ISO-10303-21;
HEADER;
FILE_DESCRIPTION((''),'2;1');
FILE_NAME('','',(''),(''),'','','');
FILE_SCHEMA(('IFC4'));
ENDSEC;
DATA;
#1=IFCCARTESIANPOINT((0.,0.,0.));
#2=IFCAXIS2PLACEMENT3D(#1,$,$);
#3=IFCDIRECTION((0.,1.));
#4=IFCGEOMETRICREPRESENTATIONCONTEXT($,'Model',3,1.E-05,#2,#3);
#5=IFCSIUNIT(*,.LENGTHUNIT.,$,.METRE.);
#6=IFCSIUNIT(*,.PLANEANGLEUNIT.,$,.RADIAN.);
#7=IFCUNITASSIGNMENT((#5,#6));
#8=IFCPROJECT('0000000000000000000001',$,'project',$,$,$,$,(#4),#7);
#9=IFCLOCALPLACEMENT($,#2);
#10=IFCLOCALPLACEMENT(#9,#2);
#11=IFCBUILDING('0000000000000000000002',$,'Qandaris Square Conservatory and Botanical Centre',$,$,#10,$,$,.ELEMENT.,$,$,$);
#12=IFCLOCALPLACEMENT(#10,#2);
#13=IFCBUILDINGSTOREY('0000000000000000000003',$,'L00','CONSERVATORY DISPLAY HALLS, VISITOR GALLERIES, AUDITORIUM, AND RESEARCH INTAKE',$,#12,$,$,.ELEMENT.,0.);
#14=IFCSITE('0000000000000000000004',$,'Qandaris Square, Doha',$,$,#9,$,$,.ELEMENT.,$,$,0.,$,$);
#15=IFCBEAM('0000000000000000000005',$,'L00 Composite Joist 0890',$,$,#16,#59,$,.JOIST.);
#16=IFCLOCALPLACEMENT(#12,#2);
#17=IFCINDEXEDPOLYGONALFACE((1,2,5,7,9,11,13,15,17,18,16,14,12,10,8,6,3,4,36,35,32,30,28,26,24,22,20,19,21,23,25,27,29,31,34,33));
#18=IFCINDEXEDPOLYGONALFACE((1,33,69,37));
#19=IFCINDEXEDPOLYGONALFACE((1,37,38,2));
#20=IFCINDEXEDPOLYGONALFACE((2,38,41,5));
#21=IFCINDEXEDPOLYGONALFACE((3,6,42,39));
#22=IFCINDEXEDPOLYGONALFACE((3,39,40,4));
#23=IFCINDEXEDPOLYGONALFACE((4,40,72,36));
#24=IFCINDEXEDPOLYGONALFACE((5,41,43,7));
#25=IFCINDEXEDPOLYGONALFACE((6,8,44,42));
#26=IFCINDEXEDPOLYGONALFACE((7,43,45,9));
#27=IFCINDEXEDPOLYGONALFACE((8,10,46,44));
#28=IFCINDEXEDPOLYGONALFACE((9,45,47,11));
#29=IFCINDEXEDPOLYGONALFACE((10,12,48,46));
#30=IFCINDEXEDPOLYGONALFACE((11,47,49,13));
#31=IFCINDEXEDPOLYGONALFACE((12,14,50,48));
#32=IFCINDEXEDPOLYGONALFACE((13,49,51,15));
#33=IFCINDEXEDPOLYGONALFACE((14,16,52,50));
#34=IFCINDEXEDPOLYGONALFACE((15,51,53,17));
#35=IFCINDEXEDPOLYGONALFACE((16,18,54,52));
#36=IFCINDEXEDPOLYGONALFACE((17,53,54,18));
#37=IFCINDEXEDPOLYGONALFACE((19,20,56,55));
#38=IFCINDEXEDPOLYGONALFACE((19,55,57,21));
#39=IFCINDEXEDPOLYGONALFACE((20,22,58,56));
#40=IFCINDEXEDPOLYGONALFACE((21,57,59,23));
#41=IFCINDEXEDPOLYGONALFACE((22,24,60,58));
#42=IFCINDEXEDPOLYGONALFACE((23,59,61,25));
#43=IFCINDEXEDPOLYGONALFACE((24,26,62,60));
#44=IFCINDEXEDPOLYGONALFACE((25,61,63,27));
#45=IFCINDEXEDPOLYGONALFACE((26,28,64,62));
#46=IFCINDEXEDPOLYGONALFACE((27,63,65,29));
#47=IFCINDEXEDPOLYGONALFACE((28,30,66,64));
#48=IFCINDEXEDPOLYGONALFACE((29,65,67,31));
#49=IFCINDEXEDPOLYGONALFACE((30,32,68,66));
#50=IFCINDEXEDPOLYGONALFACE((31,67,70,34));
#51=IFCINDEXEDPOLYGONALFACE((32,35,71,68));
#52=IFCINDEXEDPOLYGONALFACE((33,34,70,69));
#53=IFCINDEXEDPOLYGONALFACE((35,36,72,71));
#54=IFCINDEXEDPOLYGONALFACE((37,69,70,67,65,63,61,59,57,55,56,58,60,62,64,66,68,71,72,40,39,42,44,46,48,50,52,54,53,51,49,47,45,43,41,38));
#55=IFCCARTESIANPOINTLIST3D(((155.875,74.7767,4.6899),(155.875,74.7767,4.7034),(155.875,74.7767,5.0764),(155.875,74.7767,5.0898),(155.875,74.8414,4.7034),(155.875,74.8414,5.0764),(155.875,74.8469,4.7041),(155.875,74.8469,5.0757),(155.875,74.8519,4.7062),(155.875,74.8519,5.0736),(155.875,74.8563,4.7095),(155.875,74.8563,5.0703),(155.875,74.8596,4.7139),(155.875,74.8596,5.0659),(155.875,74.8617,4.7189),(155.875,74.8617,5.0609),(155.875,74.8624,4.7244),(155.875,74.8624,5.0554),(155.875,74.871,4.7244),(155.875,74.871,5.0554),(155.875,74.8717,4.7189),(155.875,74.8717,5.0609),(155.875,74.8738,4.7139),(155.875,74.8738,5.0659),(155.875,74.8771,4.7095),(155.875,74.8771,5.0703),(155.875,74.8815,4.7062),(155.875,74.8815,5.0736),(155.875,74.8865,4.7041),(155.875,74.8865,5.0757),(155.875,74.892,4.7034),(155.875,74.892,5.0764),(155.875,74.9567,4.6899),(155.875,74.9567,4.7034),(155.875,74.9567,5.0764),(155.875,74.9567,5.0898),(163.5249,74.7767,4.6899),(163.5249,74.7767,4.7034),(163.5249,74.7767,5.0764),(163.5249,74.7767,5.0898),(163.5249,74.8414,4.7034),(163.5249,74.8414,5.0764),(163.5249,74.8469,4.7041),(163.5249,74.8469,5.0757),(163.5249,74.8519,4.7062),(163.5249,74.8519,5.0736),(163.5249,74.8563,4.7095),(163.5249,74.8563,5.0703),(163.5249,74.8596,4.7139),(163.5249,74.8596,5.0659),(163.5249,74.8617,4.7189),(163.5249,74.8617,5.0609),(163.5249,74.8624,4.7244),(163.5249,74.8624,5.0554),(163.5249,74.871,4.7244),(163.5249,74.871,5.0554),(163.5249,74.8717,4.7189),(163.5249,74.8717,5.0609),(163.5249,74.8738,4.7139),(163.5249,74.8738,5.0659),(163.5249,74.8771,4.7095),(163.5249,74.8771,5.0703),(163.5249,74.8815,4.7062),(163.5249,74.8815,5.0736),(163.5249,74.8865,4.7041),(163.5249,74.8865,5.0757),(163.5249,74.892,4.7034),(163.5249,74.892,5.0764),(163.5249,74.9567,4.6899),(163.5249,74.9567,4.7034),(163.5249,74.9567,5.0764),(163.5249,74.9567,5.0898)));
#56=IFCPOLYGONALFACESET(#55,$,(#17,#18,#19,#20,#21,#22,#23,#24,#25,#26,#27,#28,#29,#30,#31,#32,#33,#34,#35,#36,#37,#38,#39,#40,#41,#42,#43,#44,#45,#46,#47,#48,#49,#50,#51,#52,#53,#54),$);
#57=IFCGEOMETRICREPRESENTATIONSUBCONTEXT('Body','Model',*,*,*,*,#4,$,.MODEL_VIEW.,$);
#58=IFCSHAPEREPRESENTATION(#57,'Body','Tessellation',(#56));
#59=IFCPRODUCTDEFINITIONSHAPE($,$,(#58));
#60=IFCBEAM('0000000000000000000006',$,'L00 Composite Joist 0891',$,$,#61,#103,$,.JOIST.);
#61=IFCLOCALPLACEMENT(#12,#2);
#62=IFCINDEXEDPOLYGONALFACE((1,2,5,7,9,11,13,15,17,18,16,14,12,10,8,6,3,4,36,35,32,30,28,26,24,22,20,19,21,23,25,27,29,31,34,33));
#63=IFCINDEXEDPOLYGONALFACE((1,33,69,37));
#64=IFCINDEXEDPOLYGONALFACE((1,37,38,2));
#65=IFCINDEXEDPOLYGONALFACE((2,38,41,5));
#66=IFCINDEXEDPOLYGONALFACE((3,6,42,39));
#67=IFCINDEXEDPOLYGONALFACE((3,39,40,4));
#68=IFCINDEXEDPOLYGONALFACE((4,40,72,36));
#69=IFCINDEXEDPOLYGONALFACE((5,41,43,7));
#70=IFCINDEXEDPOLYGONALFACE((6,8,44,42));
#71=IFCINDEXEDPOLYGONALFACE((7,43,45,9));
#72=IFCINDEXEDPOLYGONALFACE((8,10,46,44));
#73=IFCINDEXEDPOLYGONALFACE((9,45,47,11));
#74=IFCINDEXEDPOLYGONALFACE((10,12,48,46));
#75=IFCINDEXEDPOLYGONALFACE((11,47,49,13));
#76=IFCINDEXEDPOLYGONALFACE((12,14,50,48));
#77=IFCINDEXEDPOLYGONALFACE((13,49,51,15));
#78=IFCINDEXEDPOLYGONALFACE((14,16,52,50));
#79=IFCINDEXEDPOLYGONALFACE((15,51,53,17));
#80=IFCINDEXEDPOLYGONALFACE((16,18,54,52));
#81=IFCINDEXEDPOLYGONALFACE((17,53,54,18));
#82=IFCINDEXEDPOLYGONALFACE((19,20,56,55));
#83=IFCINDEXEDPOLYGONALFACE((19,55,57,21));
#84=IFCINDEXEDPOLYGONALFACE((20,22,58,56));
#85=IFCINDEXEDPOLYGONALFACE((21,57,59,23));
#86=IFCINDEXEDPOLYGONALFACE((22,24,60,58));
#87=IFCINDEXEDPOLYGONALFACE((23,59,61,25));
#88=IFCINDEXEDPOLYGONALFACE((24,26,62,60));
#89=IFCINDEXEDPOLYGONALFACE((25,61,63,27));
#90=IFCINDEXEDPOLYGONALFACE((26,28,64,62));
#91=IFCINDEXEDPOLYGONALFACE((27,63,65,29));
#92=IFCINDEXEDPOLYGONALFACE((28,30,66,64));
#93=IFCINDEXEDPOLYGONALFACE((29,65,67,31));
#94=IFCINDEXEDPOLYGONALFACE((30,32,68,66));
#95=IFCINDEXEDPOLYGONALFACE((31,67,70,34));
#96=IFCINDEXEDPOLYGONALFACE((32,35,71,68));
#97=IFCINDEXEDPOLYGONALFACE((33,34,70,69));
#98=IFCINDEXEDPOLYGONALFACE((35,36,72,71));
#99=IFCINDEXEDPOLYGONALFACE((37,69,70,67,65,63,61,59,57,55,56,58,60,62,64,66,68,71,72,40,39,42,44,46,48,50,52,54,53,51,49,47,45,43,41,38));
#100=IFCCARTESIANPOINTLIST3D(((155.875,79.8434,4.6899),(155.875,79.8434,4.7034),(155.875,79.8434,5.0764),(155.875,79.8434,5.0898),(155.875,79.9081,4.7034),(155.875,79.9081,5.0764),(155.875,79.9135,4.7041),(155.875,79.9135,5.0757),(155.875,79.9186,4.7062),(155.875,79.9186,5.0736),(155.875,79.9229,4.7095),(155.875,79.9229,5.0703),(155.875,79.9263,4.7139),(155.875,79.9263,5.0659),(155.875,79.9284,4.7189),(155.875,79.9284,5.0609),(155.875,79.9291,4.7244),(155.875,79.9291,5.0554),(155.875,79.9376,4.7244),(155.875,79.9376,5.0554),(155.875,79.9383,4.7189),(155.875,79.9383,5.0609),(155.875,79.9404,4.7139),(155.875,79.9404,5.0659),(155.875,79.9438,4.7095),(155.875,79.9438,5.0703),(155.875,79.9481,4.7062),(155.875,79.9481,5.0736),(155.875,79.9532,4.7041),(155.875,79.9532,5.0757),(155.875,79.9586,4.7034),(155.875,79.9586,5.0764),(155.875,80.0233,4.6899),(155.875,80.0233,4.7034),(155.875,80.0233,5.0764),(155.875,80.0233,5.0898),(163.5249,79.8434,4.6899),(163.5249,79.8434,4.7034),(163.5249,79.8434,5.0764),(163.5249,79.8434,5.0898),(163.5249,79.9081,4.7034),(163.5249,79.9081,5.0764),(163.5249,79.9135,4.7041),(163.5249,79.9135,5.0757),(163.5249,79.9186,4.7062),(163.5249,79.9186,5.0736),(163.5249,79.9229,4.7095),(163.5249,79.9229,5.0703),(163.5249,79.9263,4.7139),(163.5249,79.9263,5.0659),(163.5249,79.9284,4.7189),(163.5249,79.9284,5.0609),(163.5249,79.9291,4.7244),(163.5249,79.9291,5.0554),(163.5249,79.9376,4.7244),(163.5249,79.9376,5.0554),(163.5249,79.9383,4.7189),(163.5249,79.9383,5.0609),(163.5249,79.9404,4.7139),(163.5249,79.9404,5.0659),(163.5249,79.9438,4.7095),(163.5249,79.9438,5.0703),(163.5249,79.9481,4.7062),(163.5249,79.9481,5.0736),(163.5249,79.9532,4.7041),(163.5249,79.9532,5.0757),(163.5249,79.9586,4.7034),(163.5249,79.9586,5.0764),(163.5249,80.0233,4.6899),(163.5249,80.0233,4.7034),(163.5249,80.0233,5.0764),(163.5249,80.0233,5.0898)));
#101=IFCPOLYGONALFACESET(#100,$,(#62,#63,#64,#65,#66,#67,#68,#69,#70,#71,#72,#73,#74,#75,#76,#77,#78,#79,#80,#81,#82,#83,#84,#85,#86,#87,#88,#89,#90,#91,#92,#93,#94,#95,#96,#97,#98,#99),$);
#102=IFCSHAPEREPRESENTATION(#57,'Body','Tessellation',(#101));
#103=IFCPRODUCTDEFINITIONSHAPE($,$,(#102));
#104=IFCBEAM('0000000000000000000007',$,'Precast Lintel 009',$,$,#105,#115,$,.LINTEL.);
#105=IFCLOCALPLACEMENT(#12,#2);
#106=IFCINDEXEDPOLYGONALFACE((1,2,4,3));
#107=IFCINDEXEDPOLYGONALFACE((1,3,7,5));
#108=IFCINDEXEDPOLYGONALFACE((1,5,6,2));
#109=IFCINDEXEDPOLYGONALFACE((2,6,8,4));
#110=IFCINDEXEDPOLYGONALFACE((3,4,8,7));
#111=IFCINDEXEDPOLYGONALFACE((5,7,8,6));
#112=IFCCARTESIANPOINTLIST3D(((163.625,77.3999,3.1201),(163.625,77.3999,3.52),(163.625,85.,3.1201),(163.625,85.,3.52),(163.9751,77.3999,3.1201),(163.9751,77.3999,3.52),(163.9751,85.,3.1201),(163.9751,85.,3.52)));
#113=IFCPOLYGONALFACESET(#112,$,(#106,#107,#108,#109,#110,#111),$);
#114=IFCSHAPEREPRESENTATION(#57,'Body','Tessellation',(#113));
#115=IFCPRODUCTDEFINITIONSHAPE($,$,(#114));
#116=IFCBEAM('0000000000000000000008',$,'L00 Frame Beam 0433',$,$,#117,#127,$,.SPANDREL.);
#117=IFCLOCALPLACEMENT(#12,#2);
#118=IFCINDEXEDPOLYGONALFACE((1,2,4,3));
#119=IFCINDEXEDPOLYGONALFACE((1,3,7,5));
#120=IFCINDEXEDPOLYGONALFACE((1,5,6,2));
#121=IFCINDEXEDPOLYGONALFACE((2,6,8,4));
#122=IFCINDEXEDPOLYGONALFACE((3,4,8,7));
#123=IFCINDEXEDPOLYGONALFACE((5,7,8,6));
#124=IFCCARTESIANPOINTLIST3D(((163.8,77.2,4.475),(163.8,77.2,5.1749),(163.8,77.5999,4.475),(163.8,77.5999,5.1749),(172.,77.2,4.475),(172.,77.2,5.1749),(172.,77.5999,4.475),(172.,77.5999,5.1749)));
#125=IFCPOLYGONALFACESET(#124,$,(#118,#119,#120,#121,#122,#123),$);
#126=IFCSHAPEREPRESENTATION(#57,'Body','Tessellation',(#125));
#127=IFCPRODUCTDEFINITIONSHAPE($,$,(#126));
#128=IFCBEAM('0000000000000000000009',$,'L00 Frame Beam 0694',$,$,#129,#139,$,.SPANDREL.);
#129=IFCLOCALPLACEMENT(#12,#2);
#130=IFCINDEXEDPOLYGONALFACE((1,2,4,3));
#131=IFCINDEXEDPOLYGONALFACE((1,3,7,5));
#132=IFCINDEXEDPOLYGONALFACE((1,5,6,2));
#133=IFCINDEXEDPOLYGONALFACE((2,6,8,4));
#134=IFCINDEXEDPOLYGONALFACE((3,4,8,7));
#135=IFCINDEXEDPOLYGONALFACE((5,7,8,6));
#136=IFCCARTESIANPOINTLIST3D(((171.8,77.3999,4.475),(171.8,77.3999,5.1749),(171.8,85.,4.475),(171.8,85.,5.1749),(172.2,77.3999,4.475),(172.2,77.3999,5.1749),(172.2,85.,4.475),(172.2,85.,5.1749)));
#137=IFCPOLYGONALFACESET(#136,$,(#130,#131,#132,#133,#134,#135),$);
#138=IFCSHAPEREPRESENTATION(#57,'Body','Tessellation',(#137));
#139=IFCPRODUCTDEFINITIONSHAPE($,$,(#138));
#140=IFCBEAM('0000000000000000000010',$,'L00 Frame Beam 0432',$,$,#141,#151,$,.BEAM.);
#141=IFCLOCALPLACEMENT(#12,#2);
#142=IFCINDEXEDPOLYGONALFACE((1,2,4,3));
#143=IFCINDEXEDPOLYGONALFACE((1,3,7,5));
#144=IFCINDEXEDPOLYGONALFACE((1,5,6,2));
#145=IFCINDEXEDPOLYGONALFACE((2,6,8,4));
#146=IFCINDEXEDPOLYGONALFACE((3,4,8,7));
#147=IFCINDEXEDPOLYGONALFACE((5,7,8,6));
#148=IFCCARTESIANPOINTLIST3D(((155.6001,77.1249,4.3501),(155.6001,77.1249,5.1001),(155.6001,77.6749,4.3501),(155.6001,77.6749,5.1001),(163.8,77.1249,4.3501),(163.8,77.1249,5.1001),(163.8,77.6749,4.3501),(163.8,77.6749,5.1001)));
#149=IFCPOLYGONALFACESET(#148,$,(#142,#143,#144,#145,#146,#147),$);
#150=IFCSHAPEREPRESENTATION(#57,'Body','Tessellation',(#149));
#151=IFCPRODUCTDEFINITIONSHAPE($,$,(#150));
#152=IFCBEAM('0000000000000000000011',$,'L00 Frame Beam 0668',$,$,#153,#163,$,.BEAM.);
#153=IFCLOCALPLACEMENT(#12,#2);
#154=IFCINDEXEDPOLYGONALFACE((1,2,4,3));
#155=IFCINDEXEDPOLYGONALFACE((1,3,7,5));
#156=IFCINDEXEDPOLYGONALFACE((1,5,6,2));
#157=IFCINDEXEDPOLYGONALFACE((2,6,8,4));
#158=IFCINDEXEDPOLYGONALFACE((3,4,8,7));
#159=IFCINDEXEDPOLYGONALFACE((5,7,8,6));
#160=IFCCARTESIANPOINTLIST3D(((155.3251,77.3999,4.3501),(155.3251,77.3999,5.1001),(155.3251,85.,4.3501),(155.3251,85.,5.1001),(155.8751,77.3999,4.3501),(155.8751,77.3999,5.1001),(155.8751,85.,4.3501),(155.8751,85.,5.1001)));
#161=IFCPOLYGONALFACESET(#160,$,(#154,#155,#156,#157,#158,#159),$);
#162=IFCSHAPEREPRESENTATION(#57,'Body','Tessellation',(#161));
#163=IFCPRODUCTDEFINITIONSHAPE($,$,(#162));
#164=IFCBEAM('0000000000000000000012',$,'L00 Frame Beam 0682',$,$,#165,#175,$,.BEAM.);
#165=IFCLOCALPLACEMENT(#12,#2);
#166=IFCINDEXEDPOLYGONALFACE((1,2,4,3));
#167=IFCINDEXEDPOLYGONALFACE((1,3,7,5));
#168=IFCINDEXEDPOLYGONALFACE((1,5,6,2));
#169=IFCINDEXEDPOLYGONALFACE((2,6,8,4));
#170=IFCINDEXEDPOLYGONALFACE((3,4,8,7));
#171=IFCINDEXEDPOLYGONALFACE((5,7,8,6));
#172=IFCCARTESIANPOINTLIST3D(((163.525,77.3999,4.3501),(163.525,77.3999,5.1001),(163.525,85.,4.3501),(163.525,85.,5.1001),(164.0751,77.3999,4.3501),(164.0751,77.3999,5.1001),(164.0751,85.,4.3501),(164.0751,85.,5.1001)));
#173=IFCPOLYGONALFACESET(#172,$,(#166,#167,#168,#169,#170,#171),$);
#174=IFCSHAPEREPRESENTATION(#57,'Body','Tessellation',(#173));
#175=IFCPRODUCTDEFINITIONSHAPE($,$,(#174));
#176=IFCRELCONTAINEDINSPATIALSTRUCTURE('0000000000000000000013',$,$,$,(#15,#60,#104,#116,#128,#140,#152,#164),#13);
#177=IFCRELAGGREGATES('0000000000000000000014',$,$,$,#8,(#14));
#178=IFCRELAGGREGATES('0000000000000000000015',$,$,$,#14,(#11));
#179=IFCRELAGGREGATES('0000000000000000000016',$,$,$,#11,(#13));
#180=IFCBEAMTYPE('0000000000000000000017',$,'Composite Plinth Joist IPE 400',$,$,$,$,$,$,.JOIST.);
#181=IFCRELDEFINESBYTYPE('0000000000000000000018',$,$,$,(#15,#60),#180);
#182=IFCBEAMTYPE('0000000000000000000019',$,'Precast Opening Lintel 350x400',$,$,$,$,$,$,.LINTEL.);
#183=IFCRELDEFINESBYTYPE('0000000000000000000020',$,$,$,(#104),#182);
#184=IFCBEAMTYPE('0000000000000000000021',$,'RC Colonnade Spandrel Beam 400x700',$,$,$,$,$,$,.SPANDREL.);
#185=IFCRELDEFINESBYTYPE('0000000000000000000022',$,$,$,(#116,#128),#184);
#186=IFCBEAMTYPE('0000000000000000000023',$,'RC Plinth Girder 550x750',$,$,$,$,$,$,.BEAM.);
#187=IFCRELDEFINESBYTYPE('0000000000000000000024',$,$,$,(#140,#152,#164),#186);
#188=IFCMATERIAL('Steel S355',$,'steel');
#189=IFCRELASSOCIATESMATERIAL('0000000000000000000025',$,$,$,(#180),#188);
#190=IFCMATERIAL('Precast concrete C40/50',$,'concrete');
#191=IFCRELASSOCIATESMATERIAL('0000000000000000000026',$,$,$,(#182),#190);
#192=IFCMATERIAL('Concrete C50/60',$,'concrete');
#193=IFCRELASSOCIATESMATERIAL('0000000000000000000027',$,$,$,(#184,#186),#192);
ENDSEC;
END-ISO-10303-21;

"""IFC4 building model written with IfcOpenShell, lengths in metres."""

from ifc_helpers import new_model, si_unit, direction, frame, origin, origin_2d, place, context, subcontext, project, spatial, rectangle, i_section, extrude, material, material_profile, profile_set, type_object, element, save


model = new_model("IFC4")

# Units and contexts
model_context = context("Model", 3, precision=1e-05, world=origin(), true_north=direction((0.0, 1.0)))
body_context = subcontext(model_context, "Body", "Model", "MODEL_VIEW")
ifc_project = project(units=[si_unit("LENGTHUNIT", "METRE"), si_unit("PLANEANGLEUNIT", "RADIAN")], contexts=[model_context])

# Site, building, storey
site_placement = place(None, origin())
site = spatial("IfcSite", under=ifc_project, at=site_placement, Name="Qandaris Square, Doha", CompositionType="ELEMENT", RefElevation=0.0)
building_placement = place(site_placement, origin())
building = spatial("IfcBuilding", under=site, at=building_placement, Name="Qandaris Square Conservatory and Botanical Centre", CompositionType="ELEMENT")
storey_placement = place(building_placement, origin())
storey = spatial("IfcBuildingStorey", under=building, at=storey_placement, Name="L00", Description="CONSERVATORY DISPLAY HALLS, VISITOR GALLERIES, AUDITORIUM, AND RESEARCH INTAKE", CompositionType="ELEMENT", Elevation=0.0)

# Shared definitions
ifc_material_1 = material(Name="Concrete C50/60", Category="concrete")

# Beams
ifc_material_2 = material(Name="Steel S355", Category="steel")
ifc_material_profile_1 = material_profile(ifc_material_2, i_section(OverallWidth=0.1799, OverallDepth=0.3999, WebThickness=0.0085, FlangeThickness=0.0134, FilletRadius=0.021, at=origin_2d()), Name="IPE 400")
ifc_profile_set_1 = profile_set([ifc_material_profile_1], Name="Steel S355")
beam_type_1 = type_object("IfcBeamType", Name="Composite Plinth Joist IPE 400", PredefinedType="JOIST", material=ifc_profile_set_1)
for number, where, z_axis, x_axis, name in (
    (1, (155.875, 74.8667, 4.8899), (1.0, 0.0, 0.0), (0.0, 1.0, 0.0), "L00 Composite Joist 0890"),
    (2, (155.875, 79.9333, 4.8899), (1.0, 0.0, 0.0), (0.0, 1.0, 0.0), "L00 Composite Joist 0891"),
):
    element("IfcBeam", number, at=place(storey_placement, frame(where, z_axis=z_axis, x_axis=x_axis)), inside=storey, type_object=beam_type_1, Name=name, PredefinedType="JOIST", context=body_context, shape_type="SweptSolid", body=[
        extrude(i_section(OverallWidth=0.1799, OverallDepth=0.3999, WebThickness=0.0085, FlangeThickness=0.0134, FilletRadius=0.021, at=origin_2d()), origin(), (0.0, 0.0, 1.0), 7.6499),
    ])
ifc_material_3 = material(Name="Precast concrete C40/50", Category="concrete")
ifc_material_profile_2 = material_profile(ifc_material_3, rectangle(XDim=0.3501, YDim=0.3999, at=origin_2d()), Name="RC-LN 350x400")
ifc_profile_set_2 = profile_set([ifc_material_profile_2], Name="Precast concrete C40/50")
beam_type_2 = type_object("IfcBeamType", Name="Precast Opening Lintel 350x400", PredefinedType="LINTEL", material=ifc_profile_set_2)
beam_1_placement = place(storey_placement, frame((163.8, 77.3999, 3.3201), z_axis=(0.0, 1.0, 0.0), x_axis=(-1.0, 0.0, 0.0)))
element("IfcBeam", 3, at=beam_1_placement, inside=storey, type_object=beam_type_2, Name="Precast Lintel 009", PredefinedType="LINTEL", context=body_context, shape_type="SweptSolid", body=[
    extrude(rectangle(XDim=0.3501, YDim=0.3999, at=origin_2d()), origin(), (0.0, 0.0, 1.0), 7.6001),
])
ifc_material_profile_3 = material_profile(ifc_material_1, rectangle(XDim=0.3999, YDim=0.7, at=origin_2d()), Name="RC-SP 400x700")
ifc_profile_set_3 = profile_set([ifc_material_profile_3], Name="Concrete C50/60")
beam_type_3 = type_object("IfcBeamType", Name="RC Colonnade Spandrel Beam 400x700", PredefinedType="SPANDREL", material=ifc_profile_set_3)
beam_2_placement = place(storey_placement, frame((163.8, 77.3999, 4.825), z_axis=(1.0, 0.0, 0.0), x_axis=(0.0, 1.0, 0.0)))
element("IfcBeam", 4, at=beam_2_placement, inside=storey, type_object=beam_type_3, Name="L00 Frame Beam 0433", PredefinedType="SPANDREL", context=body_context, shape_type="SweptSolid", body=[
    extrude(rectangle(XDim=0.3999, YDim=0.7, at=origin_2d()), origin(), (0.0, 0.0, 1.0), 8.2),
])
beam_3_placement = place(storey_placement, frame((172.0, 77.3999, 4.825), z_axis=(0.0, 1.0, 0.0), x_axis=(-1.0, 0.0, 0.0)))
element("IfcBeam", 5, at=beam_3_placement, inside=storey, type_object=beam_type_3, Name="L00 Frame Beam 0694", PredefinedType="SPANDREL", context=body_context, shape_type="SweptSolid", body=[
    extrude(rectangle(XDim=0.3999, YDim=0.7, at=origin_2d()), origin(), (0.0, 0.0, 1.0), 7.6001),
])
ifc_material_profile_4 = material_profile(ifc_material_1, rectangle(XDim=0.55, YDim=0.75, at=origin_2d()), Name="RC-BM 550x750")
ifc_profile_set_4 = profile_set([ifc_material_profile_4], Name="Concrete C50/60")
beam_type_4 = type_object("IfcBeamType", Name="RC Plinth Girder 550x750", PredefinedType="BEAM", material=ifc_profile_set_4)
beam_4_placement = place(storey_placement, frame((155.6001, 77.3999, 4.7251), z_axis=(1.0, 0.0, 0.0), x_axis=(0.0, 1.0, 0.0)))
element("IfcBeam", 6, at=beam_4_placement, inside=storey, type_object=beam_type_4, Name="L00 Frame Beam 0432", PredefinedType="BEAM", context=body_context, shape_type="SweptSolid", body=[
    extrude(rectangle(XDim=0.55, YDim=0.75, at=origin_2d()), origin(), (0.0, 0.0, 1.0), 8.2),
])
for number, where, z_axis, x_axis, name in (
    (7, (155.6001, 77.3999, 4.7251), (0.0, 1.0, 0.0), (-1.0, 0.0, 0.0), "L00 Frame Beam 0668"),
    (8, (163.8, 77.3999, 4.7251), (0.0, 1.0, 0.0), (-1.0, 0.0, 0.0), "L00 Frame Beam 0682"),
):
    element("IfcBeam", number, at=place(storey_placement, frame(where, z_axis=z_axis, x_axis=x_axis)), inside=storey, type_object=beam_type_4, Name=name, PredefinedType="BEAM", context=body_context, shape_type="SweptSolid", body=[
        extrude(rectangle(XDim=0.55, YDim=0.75, at=origin_2d()), origin(), (0.0, 0.0, 1.0), 7.6001),
    ])

save(model, "model.ifc")
